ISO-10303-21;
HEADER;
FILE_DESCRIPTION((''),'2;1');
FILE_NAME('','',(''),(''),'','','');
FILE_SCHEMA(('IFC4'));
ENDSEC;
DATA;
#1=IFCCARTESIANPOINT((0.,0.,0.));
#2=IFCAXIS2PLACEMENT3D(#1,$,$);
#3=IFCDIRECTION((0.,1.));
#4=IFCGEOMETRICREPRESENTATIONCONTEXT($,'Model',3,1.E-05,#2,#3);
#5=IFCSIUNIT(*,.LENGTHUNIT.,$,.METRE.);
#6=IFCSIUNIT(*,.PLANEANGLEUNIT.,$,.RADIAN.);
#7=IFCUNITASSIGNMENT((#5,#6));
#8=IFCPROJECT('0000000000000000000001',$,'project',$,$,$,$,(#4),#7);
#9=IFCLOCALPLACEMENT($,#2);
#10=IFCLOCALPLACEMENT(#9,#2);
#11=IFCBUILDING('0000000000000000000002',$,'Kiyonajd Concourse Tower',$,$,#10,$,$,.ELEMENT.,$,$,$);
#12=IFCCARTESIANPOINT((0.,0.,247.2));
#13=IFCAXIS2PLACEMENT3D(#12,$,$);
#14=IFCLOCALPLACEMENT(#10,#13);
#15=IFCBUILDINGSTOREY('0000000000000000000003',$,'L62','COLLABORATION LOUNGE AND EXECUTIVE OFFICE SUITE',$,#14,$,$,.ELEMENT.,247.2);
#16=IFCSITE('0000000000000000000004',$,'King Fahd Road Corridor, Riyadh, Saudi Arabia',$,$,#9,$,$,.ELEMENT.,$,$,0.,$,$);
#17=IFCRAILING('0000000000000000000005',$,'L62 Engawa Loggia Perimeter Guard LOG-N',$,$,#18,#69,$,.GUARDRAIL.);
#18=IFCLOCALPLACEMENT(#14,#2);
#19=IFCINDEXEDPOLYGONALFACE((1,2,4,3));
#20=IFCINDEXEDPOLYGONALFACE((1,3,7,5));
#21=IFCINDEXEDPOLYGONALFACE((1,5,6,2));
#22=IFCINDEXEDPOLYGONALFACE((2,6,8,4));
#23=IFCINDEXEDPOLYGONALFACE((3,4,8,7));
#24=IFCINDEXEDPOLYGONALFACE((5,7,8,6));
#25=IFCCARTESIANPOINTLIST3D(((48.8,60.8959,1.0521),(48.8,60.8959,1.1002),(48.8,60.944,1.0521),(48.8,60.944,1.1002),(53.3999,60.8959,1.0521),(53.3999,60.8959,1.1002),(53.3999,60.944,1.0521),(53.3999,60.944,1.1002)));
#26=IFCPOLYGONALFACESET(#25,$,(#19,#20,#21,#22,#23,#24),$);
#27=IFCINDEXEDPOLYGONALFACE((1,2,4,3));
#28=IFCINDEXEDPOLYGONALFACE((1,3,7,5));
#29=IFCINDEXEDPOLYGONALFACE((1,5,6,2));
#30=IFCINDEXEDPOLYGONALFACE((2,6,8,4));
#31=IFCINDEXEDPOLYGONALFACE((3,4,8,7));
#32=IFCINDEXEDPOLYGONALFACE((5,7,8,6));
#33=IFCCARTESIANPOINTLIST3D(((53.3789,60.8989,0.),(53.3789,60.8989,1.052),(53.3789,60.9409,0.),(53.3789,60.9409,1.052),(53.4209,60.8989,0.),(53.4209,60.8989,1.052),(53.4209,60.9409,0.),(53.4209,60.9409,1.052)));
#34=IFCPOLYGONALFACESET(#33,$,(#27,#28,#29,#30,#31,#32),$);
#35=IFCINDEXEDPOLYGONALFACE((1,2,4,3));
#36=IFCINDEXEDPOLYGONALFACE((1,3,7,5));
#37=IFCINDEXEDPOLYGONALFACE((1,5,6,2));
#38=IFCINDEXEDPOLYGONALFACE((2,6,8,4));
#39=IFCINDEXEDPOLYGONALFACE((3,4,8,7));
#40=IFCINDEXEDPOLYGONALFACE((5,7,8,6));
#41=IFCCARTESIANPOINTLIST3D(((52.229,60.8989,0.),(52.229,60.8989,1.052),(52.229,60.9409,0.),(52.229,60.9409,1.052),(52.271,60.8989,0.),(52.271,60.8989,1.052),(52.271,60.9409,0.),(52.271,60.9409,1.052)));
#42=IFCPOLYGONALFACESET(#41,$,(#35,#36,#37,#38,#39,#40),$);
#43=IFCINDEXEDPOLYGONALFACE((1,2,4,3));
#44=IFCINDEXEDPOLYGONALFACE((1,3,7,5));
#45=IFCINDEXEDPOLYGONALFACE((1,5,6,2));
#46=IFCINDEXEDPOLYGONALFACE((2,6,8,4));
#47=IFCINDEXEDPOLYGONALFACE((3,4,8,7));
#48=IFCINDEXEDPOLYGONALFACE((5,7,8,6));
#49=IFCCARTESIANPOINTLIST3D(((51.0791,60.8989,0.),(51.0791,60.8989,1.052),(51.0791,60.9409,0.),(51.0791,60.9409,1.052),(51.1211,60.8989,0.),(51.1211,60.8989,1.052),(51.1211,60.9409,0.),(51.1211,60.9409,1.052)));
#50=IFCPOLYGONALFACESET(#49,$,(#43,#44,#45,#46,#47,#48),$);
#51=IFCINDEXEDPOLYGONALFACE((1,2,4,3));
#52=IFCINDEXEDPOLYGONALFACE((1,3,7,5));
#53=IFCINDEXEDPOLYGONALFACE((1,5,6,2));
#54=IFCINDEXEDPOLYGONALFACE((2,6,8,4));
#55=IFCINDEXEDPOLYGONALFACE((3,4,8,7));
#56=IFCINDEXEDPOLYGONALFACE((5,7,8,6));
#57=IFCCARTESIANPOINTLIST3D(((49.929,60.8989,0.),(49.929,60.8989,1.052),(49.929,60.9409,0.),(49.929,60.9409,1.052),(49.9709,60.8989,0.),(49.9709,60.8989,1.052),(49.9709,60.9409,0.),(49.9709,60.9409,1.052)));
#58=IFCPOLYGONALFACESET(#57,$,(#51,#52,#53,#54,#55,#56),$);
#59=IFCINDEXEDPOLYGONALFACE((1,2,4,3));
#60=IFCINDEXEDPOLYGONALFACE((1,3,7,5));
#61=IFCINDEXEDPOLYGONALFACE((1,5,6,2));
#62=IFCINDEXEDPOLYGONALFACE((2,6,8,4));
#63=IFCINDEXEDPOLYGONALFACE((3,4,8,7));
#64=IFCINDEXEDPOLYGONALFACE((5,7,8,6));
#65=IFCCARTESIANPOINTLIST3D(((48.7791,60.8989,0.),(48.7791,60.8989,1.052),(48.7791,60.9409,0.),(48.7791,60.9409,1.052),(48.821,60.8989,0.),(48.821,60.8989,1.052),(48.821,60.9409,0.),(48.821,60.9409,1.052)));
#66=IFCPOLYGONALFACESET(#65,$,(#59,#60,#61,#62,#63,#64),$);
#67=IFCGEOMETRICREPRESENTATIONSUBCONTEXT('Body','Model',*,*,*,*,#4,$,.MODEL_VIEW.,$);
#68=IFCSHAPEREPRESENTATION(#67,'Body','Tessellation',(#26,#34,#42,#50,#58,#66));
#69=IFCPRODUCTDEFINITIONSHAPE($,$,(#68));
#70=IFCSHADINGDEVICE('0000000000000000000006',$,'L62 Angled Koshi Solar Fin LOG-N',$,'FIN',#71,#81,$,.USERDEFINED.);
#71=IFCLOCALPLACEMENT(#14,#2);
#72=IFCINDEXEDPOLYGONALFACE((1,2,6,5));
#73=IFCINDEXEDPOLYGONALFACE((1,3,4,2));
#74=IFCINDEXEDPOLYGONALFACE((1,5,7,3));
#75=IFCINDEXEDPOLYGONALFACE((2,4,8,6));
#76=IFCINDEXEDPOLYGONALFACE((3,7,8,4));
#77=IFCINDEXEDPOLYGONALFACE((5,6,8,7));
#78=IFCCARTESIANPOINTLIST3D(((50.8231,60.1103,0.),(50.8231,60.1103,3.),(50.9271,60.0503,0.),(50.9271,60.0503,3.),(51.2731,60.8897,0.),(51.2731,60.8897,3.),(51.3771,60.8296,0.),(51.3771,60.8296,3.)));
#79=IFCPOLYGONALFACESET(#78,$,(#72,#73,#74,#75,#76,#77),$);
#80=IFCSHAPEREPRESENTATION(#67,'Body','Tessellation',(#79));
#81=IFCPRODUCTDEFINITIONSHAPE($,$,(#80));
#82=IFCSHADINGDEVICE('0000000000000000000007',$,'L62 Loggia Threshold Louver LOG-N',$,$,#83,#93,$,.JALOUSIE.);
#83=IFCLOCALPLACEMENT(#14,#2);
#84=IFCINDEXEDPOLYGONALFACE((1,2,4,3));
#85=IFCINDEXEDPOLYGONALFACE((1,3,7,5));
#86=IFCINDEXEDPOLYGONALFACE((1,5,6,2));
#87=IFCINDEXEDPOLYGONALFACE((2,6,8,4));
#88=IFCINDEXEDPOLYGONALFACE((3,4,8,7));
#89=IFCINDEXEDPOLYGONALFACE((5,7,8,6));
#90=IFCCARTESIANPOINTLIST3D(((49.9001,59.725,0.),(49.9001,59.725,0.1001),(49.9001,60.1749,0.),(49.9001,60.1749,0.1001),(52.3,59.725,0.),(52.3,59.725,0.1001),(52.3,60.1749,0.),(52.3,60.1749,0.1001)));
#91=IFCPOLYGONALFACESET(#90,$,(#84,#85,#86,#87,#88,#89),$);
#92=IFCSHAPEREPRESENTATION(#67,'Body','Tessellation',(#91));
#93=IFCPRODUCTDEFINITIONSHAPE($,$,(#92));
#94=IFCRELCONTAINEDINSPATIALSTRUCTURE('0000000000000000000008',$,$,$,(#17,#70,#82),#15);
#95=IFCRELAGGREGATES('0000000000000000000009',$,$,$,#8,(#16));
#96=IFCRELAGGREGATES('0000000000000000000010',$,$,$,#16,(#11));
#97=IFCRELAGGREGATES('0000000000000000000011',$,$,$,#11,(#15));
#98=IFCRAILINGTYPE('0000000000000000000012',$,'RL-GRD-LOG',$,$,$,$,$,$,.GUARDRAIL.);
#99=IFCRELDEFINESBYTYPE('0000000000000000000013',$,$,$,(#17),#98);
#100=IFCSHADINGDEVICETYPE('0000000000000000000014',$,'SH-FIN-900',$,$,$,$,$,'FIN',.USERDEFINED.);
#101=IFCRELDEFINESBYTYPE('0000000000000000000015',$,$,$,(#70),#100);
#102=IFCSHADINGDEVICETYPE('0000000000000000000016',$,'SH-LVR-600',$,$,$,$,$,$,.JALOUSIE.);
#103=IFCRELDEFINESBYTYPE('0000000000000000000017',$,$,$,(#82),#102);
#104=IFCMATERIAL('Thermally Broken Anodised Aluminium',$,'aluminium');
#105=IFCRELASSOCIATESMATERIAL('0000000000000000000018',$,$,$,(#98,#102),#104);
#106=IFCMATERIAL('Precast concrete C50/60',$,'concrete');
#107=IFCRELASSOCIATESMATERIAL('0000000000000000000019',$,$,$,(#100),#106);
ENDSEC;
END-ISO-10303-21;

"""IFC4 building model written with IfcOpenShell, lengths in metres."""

from ifc_helpers import new_model, si_unit, direction, frame, origin, origin_2d, place, context, subcontext, project, spatial, rectangle, extrude, material, type_object, element, save


model = new_model("IFC4")

# Units and contexts
model_context = context("Model", 3, precision=1e-05, world=origin(), true_north=direction((0.0, 1.0)))
body_context = subcontext(model_context, "Body", "Model", "MODEL_VIEW")
ifc_project = project(units=[si_unit("LENGTHUNIT", "METRE"), si_unit("PLANEANGLEUNIT", "RADIAN")], contexts=[model_context])

# Site, building, storey
site_placement = place(None, origin())
site = spatial("IfcSite", under=ifc_project, at=site_placement, Name="King Fahd Road Corridor, Riyadh, Saudi Arabia", CompositionType="ELEMENT", RefElevation=0.0)
building_placement = place(site_placement, origin())
building = spatial("IfcBuilding", under=site, at=building_placement, Name="Kiyonajd Concourse Tower", CompositionType="ELEMENT")
storey_placement = place(building_placement, frame((0.0, 0.0, 247.2)))
storey = spatial("IfcBuildingStorey", under=building, at=storey_placement, Name="L62", Description="COLLABORATION LOUNGE AND EXECUTIVE OFFICE SUITE", CompositionType="ELEMENT", Elevation=247.2)

# Shared definitions
ifc_material_1 = material(Name="Thermally Broken Anodised Aluminium", Category="aluminium")

# Shared definitions
ifc_material_2 = material(Name="Precast concrete C50/60", Category="concrete")

# Railing
railing_type = type_object("IfcRailingType", Name="RL-GRD-LOG", PredefinedType="GUARDRAIL", material=ifc_material_1)
railing_placement = place(storey_placement, frame((53.3999, 60.9199, 0.0)))
element("IfcRailing", 1, at=railing_placement, inside=storey, type_object=railing_type, Name="L62 Engawa Loggia Perimeter Guard LOG-N", PredefinedType="GUARDRAIL", context=body_context, shape_type="SweptSolid", body=[
    extrude(rectangle(XDim=0.0481, YDim=0.0481, at=origin_2d()), frame((0.0, 0.0, 1.0762), z_axis=(-1.0, 0.0, 0.0), x_axis=(0.0, -1.0, 0.0)), (0.0, 0.0, 1.0), 4.5999),
    extrude(rectangle(XDim=0.042, YDim=0.042, at=origin_2d()), origin(), (0.0, 0.0, 1.0), 1.052),
    extrude(rectangle(XDim=0.042, YDim=0.042, at=origin_2d()), frame((-1.1499, 0.0, 0.0)), (0.0, 0.0, 1.0), 1.052),
    extrude(rectangle(XDim=0.042, YDim=0.042, at=origin_2d()), frame((-2.2998, 0.0, 0.0)), (0.0, 0.0, 1.0), 1.052),
    extrude(rectangle(XDim=0.042, YDim=0.042, at=origin_2d()), frame((-3.45, 0.0, 0.0)), (0.0, 0.0, 1.0), 1.052),
    extrude(rectangle(XDim=0.042, YDim=0.042, at=origin_2d()), frame((-4.5999, 0.0, 0.0)), (0.0, 0.0, 1.0), 1.052),
])

# Shading devices
shading_device_type_1 = type_object("IfcShadingDeviceType", Name="SH-FIN-900", ElementType="FIN", PredefinedType="USERDEFINED", material=ifc_material_2)
shading_device_1_placement = place(storey_placement, frame((51.1001, 60.47, 0.0), z_axis=(0.0, 0.0, 1.0), x_axis=(0.5, 0.866025, 0.0)))
element("IfcShadingDevice", 2, at=shading_device_1_placement, inside=storey, type_object=shading_device_type_1, Name="L62 Angled Koshi Solar Fin LOG-N", ObjectType="FIN", PredefinedType="USERDEFINED", context=body_context, shape_type="SweptSolid", body=[
    extrude(rectangle(XDim=0.8999, YDim=0.1201, at=origin_2d()), origin(), (0.0, 0.0, 1.0), 3.0),
])
shading_device_type_2 = type_object("IfcShadingDeviceType", Name="SH-LVR-600", PredefinedType="JALOUSIE", material=ifc_material_1)
shading_device_2_placement = place(storey_placement, frame((51.1001, 59.95, 0.0), z_axis=(0.0, 0.0, 1.0), x_axis=(1.0, 0.0, 0.0)))
element("IfcShadingDevice", 3, at=shading_device_2_placement, inside=storey, type_object=shading_device_type_2, Name="L62 Loggia Threshold Louver LOG-N", PredefinedType="JALOUSIE", context=body_context, shape_type="SweptSolid", body=[
    extrude(rectangle(XDim=2.3999, YDim=0.45, at=origin_2d()), origin(), (0.0, 0.0, 1.0), 0.1001),
])

save(model, "model.ifc")
